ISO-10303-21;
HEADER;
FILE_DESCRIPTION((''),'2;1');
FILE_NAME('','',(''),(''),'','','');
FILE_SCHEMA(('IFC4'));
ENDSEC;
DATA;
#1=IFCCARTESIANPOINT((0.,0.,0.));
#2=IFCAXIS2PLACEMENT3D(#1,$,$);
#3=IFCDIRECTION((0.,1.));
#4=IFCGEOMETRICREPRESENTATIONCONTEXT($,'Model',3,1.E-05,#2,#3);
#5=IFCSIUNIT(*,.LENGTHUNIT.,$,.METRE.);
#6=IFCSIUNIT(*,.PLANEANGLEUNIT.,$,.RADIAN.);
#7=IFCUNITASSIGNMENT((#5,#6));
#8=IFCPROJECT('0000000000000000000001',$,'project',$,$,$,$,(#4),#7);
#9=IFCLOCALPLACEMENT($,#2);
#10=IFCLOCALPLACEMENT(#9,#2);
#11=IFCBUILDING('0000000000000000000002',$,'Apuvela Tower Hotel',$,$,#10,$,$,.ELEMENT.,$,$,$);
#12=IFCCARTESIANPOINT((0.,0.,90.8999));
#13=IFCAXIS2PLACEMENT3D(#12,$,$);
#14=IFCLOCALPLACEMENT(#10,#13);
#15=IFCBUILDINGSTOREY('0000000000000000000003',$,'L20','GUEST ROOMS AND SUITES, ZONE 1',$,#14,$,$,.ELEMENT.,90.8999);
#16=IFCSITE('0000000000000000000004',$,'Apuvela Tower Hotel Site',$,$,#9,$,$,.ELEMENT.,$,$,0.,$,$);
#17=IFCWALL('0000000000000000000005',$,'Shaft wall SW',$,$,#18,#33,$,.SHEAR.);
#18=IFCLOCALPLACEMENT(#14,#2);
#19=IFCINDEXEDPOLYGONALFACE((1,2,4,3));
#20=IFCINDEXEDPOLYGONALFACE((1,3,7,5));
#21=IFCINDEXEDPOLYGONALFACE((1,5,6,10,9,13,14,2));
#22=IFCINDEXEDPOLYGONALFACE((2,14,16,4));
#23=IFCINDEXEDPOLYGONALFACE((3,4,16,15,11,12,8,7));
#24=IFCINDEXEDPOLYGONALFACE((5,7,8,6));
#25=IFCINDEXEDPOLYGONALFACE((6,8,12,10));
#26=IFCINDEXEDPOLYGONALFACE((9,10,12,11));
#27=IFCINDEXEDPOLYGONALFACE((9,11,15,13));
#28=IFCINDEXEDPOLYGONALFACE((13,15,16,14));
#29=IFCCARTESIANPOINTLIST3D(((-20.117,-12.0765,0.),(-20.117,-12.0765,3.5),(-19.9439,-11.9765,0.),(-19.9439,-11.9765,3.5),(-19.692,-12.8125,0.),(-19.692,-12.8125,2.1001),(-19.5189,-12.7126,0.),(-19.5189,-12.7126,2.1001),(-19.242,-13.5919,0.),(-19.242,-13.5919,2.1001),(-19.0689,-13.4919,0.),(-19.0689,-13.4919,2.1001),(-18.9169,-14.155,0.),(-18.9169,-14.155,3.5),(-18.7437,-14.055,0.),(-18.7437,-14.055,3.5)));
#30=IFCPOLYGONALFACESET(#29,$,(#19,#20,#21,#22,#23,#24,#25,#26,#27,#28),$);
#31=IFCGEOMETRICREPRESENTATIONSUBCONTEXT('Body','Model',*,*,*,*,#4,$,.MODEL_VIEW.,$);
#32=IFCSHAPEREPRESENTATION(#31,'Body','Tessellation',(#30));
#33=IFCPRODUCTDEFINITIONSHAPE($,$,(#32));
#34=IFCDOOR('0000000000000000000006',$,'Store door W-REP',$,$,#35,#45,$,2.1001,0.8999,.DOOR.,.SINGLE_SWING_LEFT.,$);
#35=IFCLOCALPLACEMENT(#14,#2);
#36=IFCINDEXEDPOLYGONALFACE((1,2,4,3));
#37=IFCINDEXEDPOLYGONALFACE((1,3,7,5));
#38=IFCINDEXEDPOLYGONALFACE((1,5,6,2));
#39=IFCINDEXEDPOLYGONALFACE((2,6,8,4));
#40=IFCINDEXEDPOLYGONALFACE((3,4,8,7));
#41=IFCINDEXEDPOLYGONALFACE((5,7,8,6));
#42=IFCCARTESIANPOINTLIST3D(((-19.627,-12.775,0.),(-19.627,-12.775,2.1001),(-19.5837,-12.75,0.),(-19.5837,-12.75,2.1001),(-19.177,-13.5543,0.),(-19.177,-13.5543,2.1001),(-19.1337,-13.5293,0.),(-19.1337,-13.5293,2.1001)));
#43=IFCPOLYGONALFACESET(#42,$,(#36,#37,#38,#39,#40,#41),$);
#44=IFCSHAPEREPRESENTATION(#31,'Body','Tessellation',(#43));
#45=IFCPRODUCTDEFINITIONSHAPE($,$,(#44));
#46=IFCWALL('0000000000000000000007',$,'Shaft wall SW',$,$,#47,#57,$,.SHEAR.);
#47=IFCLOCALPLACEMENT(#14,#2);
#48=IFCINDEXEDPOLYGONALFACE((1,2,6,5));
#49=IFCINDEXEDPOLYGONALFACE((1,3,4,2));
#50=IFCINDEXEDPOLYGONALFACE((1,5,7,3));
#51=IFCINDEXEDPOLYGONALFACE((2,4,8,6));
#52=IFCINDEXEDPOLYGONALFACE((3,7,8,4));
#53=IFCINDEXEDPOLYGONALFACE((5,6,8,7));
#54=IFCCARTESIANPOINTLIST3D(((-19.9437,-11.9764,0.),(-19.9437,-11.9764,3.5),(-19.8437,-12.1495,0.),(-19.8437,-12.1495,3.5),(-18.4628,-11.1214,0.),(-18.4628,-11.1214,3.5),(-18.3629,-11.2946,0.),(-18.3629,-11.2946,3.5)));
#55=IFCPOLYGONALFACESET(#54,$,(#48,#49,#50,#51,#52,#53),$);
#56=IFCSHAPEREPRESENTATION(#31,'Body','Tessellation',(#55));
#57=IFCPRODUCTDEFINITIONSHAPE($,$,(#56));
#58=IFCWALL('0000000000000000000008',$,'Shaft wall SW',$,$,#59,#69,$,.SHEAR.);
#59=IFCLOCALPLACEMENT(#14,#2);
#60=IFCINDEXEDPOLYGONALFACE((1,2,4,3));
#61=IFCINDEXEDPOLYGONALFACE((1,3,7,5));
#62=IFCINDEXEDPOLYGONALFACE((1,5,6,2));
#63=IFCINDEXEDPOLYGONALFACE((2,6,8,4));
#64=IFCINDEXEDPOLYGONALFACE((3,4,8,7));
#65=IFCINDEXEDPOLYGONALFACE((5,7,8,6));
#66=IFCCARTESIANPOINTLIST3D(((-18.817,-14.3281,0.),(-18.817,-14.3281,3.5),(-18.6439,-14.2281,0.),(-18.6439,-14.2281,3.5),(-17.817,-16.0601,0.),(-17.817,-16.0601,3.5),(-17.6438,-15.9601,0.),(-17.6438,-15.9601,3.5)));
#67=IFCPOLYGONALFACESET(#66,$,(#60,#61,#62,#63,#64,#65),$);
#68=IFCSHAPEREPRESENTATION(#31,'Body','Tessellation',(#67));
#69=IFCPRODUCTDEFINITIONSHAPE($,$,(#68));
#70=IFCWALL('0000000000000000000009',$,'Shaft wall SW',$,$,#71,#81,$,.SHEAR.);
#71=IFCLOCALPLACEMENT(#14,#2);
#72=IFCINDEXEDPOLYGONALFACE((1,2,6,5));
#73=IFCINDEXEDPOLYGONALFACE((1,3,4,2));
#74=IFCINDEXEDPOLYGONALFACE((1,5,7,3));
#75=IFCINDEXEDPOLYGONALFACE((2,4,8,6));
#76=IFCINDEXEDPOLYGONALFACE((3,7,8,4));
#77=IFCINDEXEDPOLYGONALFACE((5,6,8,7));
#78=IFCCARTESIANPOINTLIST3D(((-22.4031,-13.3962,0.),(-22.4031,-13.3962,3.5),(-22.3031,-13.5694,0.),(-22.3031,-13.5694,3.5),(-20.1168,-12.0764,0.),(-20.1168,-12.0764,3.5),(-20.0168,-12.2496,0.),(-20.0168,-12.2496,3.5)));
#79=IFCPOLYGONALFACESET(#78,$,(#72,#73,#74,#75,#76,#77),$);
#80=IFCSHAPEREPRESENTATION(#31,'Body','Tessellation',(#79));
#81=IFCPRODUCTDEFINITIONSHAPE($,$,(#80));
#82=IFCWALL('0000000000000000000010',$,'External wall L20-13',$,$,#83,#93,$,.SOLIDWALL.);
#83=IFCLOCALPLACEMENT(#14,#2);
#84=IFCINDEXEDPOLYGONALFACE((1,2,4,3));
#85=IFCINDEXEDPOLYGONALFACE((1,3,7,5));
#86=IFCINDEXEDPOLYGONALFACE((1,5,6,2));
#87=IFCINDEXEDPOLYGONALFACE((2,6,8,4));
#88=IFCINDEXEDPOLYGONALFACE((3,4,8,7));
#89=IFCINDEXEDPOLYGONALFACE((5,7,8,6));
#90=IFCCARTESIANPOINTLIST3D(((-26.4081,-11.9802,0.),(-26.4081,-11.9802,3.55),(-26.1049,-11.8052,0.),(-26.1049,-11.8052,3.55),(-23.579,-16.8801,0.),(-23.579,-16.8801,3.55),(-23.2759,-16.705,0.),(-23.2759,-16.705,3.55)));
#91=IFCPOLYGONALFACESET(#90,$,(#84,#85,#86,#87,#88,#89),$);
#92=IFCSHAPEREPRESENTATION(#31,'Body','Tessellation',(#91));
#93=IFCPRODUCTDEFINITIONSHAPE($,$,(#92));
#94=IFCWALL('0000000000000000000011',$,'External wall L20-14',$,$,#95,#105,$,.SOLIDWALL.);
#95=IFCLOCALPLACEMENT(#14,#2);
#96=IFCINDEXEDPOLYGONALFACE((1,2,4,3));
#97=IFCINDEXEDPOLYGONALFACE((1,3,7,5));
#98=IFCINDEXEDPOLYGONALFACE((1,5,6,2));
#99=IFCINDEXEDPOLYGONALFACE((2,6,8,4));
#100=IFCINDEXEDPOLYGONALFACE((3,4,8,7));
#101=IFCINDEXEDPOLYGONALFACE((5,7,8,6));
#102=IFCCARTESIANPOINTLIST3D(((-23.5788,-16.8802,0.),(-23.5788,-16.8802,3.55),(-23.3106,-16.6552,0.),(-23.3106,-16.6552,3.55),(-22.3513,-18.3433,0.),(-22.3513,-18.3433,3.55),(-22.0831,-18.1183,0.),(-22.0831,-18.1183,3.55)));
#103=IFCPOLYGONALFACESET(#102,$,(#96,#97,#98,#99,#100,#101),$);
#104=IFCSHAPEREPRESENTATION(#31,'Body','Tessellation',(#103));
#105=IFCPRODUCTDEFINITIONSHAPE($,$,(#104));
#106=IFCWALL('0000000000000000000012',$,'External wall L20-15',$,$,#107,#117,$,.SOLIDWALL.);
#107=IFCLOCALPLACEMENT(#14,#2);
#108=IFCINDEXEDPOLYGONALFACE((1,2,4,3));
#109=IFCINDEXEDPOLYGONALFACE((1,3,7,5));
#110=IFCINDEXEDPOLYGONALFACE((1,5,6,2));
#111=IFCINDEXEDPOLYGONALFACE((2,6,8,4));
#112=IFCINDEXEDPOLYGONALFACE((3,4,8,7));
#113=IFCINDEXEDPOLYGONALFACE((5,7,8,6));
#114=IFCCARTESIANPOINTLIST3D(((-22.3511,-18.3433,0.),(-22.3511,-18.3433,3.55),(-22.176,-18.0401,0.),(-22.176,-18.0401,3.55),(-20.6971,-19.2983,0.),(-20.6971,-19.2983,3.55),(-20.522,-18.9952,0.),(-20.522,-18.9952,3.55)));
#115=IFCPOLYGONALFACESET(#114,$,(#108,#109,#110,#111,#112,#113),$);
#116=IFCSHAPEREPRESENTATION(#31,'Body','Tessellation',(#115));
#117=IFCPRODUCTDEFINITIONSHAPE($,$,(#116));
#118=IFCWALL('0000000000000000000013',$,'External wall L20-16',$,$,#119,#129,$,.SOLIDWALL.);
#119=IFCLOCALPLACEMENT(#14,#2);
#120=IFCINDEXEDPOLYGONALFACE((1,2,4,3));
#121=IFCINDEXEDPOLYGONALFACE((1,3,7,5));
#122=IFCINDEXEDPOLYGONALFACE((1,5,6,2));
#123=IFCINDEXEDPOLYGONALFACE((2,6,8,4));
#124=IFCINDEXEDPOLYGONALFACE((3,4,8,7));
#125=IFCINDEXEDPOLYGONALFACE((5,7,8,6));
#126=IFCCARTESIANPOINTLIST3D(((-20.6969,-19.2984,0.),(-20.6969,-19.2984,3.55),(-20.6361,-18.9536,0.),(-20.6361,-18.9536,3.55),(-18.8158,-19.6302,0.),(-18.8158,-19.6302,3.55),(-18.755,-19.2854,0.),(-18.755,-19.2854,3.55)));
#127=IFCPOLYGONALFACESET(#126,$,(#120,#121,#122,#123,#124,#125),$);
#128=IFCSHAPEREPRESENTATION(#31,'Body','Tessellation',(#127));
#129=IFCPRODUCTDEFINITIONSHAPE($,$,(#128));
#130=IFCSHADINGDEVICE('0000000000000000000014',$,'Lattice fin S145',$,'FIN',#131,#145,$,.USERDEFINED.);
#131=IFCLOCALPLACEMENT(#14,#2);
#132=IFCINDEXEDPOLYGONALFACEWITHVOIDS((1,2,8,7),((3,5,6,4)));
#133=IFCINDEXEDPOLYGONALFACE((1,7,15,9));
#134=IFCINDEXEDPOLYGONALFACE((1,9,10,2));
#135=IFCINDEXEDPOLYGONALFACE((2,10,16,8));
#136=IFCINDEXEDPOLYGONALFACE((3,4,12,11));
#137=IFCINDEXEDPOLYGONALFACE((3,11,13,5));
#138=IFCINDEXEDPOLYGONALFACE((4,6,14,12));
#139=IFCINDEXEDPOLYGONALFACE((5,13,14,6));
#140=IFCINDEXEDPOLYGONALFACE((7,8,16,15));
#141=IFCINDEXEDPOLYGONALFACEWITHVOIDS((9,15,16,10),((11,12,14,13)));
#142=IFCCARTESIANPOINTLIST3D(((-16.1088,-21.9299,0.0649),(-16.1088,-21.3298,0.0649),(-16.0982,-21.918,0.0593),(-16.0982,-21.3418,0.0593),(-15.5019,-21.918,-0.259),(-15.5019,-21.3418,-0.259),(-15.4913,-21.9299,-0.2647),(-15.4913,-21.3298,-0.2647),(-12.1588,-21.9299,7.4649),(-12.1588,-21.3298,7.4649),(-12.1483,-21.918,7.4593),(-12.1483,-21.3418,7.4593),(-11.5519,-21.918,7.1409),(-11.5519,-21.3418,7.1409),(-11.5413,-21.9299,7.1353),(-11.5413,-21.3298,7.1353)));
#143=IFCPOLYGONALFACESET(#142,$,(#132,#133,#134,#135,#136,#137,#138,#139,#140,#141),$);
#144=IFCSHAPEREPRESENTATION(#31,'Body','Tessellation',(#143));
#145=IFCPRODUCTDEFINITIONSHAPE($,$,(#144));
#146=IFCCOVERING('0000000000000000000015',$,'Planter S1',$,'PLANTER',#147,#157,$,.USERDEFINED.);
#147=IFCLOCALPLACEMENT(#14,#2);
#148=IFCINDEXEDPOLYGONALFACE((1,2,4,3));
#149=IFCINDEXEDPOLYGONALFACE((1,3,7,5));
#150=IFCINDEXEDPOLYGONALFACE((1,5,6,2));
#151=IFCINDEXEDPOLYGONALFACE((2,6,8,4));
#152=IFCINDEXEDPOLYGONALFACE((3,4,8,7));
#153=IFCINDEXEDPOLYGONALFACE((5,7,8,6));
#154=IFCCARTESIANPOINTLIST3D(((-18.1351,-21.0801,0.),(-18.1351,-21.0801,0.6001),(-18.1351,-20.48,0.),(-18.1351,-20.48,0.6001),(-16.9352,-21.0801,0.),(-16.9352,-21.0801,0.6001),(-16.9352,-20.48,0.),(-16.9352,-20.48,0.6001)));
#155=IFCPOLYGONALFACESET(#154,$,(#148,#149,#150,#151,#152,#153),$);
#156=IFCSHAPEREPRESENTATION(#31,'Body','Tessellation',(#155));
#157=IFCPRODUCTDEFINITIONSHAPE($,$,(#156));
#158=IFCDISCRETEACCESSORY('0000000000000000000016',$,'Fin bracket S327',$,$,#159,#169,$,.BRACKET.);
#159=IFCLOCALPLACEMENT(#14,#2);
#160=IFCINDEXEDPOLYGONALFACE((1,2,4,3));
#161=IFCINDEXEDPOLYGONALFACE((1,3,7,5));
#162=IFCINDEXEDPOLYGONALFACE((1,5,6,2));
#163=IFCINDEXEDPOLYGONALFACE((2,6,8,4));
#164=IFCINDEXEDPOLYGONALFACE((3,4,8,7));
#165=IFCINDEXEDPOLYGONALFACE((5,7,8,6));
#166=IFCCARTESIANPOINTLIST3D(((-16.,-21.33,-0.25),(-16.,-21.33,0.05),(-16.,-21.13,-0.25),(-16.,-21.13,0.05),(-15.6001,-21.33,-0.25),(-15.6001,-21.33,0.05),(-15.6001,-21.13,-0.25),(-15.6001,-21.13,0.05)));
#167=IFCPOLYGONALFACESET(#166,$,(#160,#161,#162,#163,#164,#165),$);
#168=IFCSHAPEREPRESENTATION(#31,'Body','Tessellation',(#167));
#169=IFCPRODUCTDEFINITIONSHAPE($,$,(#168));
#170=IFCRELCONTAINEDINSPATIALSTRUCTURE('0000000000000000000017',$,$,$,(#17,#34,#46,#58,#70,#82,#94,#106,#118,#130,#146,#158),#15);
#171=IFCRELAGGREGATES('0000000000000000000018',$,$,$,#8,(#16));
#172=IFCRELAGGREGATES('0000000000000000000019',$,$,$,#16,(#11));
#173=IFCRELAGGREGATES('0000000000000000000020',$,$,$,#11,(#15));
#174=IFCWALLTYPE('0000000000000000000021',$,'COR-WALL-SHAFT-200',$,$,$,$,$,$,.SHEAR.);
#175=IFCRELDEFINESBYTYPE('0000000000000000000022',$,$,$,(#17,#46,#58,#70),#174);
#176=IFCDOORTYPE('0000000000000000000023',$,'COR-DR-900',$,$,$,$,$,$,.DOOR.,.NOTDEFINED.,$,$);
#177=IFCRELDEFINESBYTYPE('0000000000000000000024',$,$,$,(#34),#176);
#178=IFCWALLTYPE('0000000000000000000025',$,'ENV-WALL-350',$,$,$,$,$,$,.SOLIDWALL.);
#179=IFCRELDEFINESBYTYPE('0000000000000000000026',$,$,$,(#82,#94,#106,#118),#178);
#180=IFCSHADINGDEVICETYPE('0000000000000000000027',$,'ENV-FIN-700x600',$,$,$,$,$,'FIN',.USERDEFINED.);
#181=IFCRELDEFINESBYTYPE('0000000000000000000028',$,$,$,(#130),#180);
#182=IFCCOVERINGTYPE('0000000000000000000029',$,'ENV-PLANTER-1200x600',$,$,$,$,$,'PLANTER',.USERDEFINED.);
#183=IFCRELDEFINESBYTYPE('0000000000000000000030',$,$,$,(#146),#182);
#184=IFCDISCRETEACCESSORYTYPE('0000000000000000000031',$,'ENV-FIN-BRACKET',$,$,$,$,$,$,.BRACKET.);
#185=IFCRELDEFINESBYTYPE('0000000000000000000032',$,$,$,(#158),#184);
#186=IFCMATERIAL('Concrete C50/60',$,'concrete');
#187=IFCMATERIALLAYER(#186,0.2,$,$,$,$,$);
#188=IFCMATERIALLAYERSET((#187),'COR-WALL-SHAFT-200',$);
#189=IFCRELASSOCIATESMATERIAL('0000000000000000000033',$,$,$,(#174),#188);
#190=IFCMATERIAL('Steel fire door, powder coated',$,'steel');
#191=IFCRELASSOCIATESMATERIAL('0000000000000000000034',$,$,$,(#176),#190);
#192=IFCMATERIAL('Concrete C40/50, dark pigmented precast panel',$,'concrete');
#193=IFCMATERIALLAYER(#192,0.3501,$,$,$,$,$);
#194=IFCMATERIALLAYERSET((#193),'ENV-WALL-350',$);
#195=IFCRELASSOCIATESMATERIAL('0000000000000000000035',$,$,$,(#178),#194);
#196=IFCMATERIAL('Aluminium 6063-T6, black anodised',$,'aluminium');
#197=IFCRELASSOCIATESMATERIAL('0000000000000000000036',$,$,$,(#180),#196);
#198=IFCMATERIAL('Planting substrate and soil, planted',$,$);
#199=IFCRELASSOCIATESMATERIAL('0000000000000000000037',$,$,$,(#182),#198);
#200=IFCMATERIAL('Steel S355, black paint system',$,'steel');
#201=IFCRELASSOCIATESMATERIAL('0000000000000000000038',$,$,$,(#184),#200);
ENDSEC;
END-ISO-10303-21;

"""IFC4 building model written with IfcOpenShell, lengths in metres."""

from ifc_helpers import new_model, si_unit, direction, frame, frame_2d, origin, origin_2d, place, context, subcontext, project, spatial, rectangle, hollow_rectangle, extrude, material, layer, layer_set, material_profile, profile_set, type_object, element, fill, save


model = new_model("IFC4")

# Units and contexts
model_context = context("Model", 3, precision=1e-05, world=origin(), true_north=direction((0.0, 1.0)))
body_context = subcontext(model_context, "Body", "Model", "MODEL_VIEW")
ifc_project = project(units=[si_unit("LENGTHUNIT", "METRE"), si_unit("PLANEANGLEUNIT", "RADIAN")], contexts=[model_context])

# Site, building, storey
site_placement = place(None, origin())
site = spatial("IfcSite", under=ifc_project, at=site_placement, Name="Apuvela Tower Hotel Site", CompositionType="ELEMENT", RefElevation=0.0)
building_placement = place(site_placement, origin())
building = spatial("IfcBuilding", under=site, at=building_placement, Name="Apuvela Tower Hotel", CompositionType="ELEMENT")
storey_placement = place(building_placement, frame((0.0, 0.0, 90.8999)))
storey = spatial("IfcBuildingStorey", under=building, at=storey_placement, Name="L20", Description="GUEST ROOMS AND SUITES, ZONE 1", CompositionType="ELEMENT", Elevation=90.8999)

# Wall, opening, door
ifc_material_1 = material(Name="Concrete C50/60", Category="concrete")
ifc_layer_1 = layer(ifc_material_1, 0.2)
ifc_layer_set_1 = layer_set([ifc_layer_1], Name="COR-WALL-SHAFT-200")
wall_type_1 = type_object("IfcWallType", Name="COR-WALL-SHAFT-200", PredefinedType="SHEAR", material=ifc_layer_set_1)
wall_1_placement = place(storey_placement, frame((-20.0305, -12.0264, 0.0), z_axis=(0.0, 0.0, 1.0), x_axis=(0.500034, -0.866006, 0.0)))
wall_1 = element("IfcWall", 1, at=wall_1_placement, inside=storey, type_object=wall_type_1, Name="Shaft wall SW", PredefinedType="SHEAR", context=body_context, shape_type="SweptSolid", body=[
    extrude(rectangle(XDim=2.4001, YDim=0.2, at=frame_2d((1.2002, 0.0))), origin(), (0.0, 0.0, 1.0), 3.5),
])
opening_1_placement = place(wall_1_placement, frame((0.8501, 0.0, 0.0)))
opening_1 = element("IfcOpeningElement", 2, at=opening_1_placement, cuts=wall_1, PredefinedType="OPENING", context=body_context, shape_type="SweptSolid", body=[
    extrude(rectangle(XDim=0.8999, YDim=2.1001, at=frame_2d((0.45, 1.05))), frame((0.0, 0.1099, 0.0), z_axis=(0.0, -1.0, 0.0), x_axis=(1.0, 0.0, 0.0)), (0.0, 0.0, 1.0), 0.22),
])
ifc_material_2 = material(Name="Steel fire door, powder coated", Category="steel")
door_type_1 = type_object("IfcDoorType", Name="COR-DR-900", OperationType="NOTDEFINED", PredefinedType="DOOR", material=ifc_material_2)
door_1_placement = place(opening_1_placement, frame((0.8999, 0.0, 0.0), z_axis=(0.0, 0.0, 1.0), x_axis=(-1.0, 0.0, 0.0)))
door_1 = element("IfcDoor", 3, at=door_1_placement, inside=storey, type_object=door_type_1, Name="Store door W-REP", OperationType="SINGLE_SWING_LEFT", OverallHeight=2.1001, OverallWidth=0.8999, PredefinedType="DOOR", context=body_context, shape_type="SweptSolid", body=[
    extrude(rectangle(XDim=0.8999, YDim=2.1001, at=frame_2d((0.45, 1.05))), frame((0.0, 0.0249, 0.0), z_axis=(0.0, -1.0, 0.0), x_axis=(1.0, 0.0, 0.0)), (0.0, 0.0, 1.0), 0.05),
])
fill(opening_1, door_1)

# Walls
wall_2_placement = place(storey_placement, frame((-18.4128, -11.208, 0.0), z_axis=(0.0, 0.0, 1.0), x_axis=(-0.866038, -0.499978, 0.0)))
element("IfcWall", 4, at=wall_2_placement, inside=storey, type_object=wall_type_1, Name="Shaft wall SW", PredefinedType="SHEAR", context=body_context, shape_type="SweptSolid", body=[
    extrude(rectangle(XDim=1.71, YDim=0.2, at=frame_2d((0.855, 0.0))), origin(), (0.0, 0.0, 1.0), 3.5),
])
wall_3_placement = place(storey_placement, frame((-18.7305, -14.2781, 0.0), z_axis=(0.0, 0.0, 1.0), x_axis=(0.500025, -0.866011, 0.0)))
element("IfcWall", 5, at=wall_3_placement, inside=storey, type_object=wall_type_1, Name="Shaft wall SW", PredefinedType="SHEAR", context=body_context, shape_type="SweptSolid", body=[
    extrude(rectangle(XDim=2.0, YDim=0.2, at=frame_2d((1.0, 0.0))), origin(), (0.0, 0.0, 1.0), 3.5),
])
wall_4_placement = place(storey_placement, frame((-20.0669, -12.1631, 0.0), z_axis=(0.0, 0.0, 1.0), x_axis=(-0.866061, -0.499939, 0.0)))
element("IfcWall", 6, at=wall_4_placement, inside=storey, type_object=wall_type_1, Name="Shaft wall SW", PredefinedType="SHEAR", context=body_context, shape_type="SweptSolid", body=[
    extrude(rectangle(XDim=2.6399, YDim=0.2, at=frame_2d((1.3198, 0.0))), origin(), (0.0, 0.0, 1.0), 3.5),
])
ifc_material_3 = material(Name="Concrete C40/50, dark pigmented precast panel", Category="concrete")
ifc_layer_2 = layer(ifc_material_3, 0.3501)
ifc_layer_set_2 = layer_set([ifc_layer_2], Name="ENV-WALL-350")
wall_type_2 = type_object("IfcWallType", Name="ENV-WALL-350", PredefinedType="SOLIDWALL", material=ifc_layer_set_2)
wall_5_placement = place(storey_placement, frame((-26.2566, -11.8926, 0.0), z_axis=(0.0, 0.0, 1.0), x_axis=(0.500019, -0.866015, 0.0)))
element("IfcWall", 7, at=wall_5_placement, inside=storey, type_object=wall_type_2, Name="External wall L20-13", PredefinedType="SOLIDWALL", context=body_context, shape_type="SweptSolid", body=[
    extrude(rectangle(XDim=5.658, YDim=0.3501, at=frame_2d((2.8291, 0.0))), origin(), (0.0, 0.0, 1.0), 3.55),
])
for number, where, z_axis, x_axis, name in (
    (8, (-23.4448, -16.7676, 0.0), (0.0, 0.0, 1.0), (0.642733, -0.76609, 0.0), "External wall L20-14"),
    (9, (-22.2637, -18.1917, 0.0), (0.0, 0.0, 1.0), (0.866, -0.500043, 0.0), "External wall L20-15"),
):
    element("IfcWall", number, at=place(storey_placement, frame(where, z_axis=z_axis, x_axis=x_axis)), inside=storey, type_object=wall_type_2, Name=name, PredefinedType="SOLIDWALL", context=body_context, shape_type="SweptSolid", body=[
        extrude(rectangle(XDim=1.9099, YDim=0.3501, at=frame_2d((0.9551, 0.0))), origin(), (0.0, 0.0, 1.0), 3.55),
    ])
wall_6_placement = place(storey_placement, frame((-20.6665, -19.126, 0.0), z_axis=(0.0, 0.0, 1.0), x_axis=(0.984799, -0.173698, 0.0)))
element("IfcWall", 10, at=wall_6_placement, inside=storey, type_object=wall_type_2, Name="External wall L20-16", PredefinedType="SOLIDWALL", context=body_context, shape_type="SweptSolid", body=[
    extrude(rectangle(XDim=1.9102, YDim=0.3501, at=frame_2d((0.9551, 0.0))), origin(), (0.0, 0.0, 1.0), 3.55),
])

# Shading device
ifc_material_4 = material(Name="Aluminium 6063-T6, black anodised", Category="aluminium")
ifc_material_profile_1 = material_profile(ifc_material_4, hollow_rectangle(XDim=0.6001, YDim=0.7, WallThickness=0.012, at=origin_2d()), Name="AL BOX 700x600x12")
ifc_profile_set_1 = profile_set([ifc_material_profile_1], Name="Aluminium 6063-T6, black anodised")
shading_device_type = type_object("IfcShadingDeviceType", Name="ENV-FIN-700x600", ElementType="FIN", PredefinedType="USERDEFINED", material=ifc_profile_set_1)
shading_device_placement = place(storey_placement, frame((-15.8, -21.6299, -0.0999), z_axis=(0.470898, 0.0, 0.882188), x_axis=(0.0, 1.0, 0.0)))
element("IfcShadingDevice", 11, at=shading_device_placement, inside=storey, type_object=shading_device_type, Name="Lattice fin S145", ObjectType="FIN", PredefinedType="USERDEFINED", context=body_context, shape_type="SweptSolid", body=[
    extrude(hollow_rectangle(XDim=0.6001, YDim=0.7, WallThickness=0.012, at=origin_2d()), origin(), (0.0, 0.0, 1.0), 8.3882),
])

# Covering
ifc_material_5 = material(Name="Planting substrate and soil, planted")
covering_type = type_object("IfcCoveringType", Name="ENV-PLANTER-1200x600", ElementType="PLANTER", PredefinedType="USERDEFINED", material=ifc_material_5)
covering_placement = place(storey_placement, frame((-17.5352, -20.78, 0.0), z_axis=(0.0, 0.0, 1.0), x_axis=(1.0, 0.0, 0.0)))
element("IfcCovering", 12, at=covering_placement, inside=storey, type_object=covering_type, Name="Planter S1", ObjectType="PLANTER", PredefinedType="USERDEFINED", context=body_context, shape_type="SweptSolid", body=[
    extrude(rectangle(XDim=1.2, YDim=0.6001, at=origin_2d()), origin(), (0.0, 0.0, 1.0), 0.6001),
])

# Discrete accessory
ifc_material_6 = material(Name="Steel S355, black paint system", Category="steel")
discrete_accessory_type = type_object("IfcDiscreteAccessoryType", Name="ENV-FIN-BRACKET", PredefinedType="BRACKET", material=ifc_material_6)
discrete_accessory_placement = place(storey_placement, frame((-15.8, -21.23, -0.25), z_axis=(0.0, 0.0, 1.0), x_axis=(1.0, 0.0, 0.0)))
element("IfcDiscreteAccessory", 13, at=discrete_accessory_placement, inside=storey, type_object=discrete_accessory_type, Name="Fin bracket S327", PredefinedType="BRACKET", context=body_context, shape_type="SweptSolid", body=[
    extrude(rectangle(XDim=0.3999, YDim=0.2, at=origin_2d()), origin(), (0.0, 0.0, 1.0), 0.3),
])

save(model, "model.ifc")
